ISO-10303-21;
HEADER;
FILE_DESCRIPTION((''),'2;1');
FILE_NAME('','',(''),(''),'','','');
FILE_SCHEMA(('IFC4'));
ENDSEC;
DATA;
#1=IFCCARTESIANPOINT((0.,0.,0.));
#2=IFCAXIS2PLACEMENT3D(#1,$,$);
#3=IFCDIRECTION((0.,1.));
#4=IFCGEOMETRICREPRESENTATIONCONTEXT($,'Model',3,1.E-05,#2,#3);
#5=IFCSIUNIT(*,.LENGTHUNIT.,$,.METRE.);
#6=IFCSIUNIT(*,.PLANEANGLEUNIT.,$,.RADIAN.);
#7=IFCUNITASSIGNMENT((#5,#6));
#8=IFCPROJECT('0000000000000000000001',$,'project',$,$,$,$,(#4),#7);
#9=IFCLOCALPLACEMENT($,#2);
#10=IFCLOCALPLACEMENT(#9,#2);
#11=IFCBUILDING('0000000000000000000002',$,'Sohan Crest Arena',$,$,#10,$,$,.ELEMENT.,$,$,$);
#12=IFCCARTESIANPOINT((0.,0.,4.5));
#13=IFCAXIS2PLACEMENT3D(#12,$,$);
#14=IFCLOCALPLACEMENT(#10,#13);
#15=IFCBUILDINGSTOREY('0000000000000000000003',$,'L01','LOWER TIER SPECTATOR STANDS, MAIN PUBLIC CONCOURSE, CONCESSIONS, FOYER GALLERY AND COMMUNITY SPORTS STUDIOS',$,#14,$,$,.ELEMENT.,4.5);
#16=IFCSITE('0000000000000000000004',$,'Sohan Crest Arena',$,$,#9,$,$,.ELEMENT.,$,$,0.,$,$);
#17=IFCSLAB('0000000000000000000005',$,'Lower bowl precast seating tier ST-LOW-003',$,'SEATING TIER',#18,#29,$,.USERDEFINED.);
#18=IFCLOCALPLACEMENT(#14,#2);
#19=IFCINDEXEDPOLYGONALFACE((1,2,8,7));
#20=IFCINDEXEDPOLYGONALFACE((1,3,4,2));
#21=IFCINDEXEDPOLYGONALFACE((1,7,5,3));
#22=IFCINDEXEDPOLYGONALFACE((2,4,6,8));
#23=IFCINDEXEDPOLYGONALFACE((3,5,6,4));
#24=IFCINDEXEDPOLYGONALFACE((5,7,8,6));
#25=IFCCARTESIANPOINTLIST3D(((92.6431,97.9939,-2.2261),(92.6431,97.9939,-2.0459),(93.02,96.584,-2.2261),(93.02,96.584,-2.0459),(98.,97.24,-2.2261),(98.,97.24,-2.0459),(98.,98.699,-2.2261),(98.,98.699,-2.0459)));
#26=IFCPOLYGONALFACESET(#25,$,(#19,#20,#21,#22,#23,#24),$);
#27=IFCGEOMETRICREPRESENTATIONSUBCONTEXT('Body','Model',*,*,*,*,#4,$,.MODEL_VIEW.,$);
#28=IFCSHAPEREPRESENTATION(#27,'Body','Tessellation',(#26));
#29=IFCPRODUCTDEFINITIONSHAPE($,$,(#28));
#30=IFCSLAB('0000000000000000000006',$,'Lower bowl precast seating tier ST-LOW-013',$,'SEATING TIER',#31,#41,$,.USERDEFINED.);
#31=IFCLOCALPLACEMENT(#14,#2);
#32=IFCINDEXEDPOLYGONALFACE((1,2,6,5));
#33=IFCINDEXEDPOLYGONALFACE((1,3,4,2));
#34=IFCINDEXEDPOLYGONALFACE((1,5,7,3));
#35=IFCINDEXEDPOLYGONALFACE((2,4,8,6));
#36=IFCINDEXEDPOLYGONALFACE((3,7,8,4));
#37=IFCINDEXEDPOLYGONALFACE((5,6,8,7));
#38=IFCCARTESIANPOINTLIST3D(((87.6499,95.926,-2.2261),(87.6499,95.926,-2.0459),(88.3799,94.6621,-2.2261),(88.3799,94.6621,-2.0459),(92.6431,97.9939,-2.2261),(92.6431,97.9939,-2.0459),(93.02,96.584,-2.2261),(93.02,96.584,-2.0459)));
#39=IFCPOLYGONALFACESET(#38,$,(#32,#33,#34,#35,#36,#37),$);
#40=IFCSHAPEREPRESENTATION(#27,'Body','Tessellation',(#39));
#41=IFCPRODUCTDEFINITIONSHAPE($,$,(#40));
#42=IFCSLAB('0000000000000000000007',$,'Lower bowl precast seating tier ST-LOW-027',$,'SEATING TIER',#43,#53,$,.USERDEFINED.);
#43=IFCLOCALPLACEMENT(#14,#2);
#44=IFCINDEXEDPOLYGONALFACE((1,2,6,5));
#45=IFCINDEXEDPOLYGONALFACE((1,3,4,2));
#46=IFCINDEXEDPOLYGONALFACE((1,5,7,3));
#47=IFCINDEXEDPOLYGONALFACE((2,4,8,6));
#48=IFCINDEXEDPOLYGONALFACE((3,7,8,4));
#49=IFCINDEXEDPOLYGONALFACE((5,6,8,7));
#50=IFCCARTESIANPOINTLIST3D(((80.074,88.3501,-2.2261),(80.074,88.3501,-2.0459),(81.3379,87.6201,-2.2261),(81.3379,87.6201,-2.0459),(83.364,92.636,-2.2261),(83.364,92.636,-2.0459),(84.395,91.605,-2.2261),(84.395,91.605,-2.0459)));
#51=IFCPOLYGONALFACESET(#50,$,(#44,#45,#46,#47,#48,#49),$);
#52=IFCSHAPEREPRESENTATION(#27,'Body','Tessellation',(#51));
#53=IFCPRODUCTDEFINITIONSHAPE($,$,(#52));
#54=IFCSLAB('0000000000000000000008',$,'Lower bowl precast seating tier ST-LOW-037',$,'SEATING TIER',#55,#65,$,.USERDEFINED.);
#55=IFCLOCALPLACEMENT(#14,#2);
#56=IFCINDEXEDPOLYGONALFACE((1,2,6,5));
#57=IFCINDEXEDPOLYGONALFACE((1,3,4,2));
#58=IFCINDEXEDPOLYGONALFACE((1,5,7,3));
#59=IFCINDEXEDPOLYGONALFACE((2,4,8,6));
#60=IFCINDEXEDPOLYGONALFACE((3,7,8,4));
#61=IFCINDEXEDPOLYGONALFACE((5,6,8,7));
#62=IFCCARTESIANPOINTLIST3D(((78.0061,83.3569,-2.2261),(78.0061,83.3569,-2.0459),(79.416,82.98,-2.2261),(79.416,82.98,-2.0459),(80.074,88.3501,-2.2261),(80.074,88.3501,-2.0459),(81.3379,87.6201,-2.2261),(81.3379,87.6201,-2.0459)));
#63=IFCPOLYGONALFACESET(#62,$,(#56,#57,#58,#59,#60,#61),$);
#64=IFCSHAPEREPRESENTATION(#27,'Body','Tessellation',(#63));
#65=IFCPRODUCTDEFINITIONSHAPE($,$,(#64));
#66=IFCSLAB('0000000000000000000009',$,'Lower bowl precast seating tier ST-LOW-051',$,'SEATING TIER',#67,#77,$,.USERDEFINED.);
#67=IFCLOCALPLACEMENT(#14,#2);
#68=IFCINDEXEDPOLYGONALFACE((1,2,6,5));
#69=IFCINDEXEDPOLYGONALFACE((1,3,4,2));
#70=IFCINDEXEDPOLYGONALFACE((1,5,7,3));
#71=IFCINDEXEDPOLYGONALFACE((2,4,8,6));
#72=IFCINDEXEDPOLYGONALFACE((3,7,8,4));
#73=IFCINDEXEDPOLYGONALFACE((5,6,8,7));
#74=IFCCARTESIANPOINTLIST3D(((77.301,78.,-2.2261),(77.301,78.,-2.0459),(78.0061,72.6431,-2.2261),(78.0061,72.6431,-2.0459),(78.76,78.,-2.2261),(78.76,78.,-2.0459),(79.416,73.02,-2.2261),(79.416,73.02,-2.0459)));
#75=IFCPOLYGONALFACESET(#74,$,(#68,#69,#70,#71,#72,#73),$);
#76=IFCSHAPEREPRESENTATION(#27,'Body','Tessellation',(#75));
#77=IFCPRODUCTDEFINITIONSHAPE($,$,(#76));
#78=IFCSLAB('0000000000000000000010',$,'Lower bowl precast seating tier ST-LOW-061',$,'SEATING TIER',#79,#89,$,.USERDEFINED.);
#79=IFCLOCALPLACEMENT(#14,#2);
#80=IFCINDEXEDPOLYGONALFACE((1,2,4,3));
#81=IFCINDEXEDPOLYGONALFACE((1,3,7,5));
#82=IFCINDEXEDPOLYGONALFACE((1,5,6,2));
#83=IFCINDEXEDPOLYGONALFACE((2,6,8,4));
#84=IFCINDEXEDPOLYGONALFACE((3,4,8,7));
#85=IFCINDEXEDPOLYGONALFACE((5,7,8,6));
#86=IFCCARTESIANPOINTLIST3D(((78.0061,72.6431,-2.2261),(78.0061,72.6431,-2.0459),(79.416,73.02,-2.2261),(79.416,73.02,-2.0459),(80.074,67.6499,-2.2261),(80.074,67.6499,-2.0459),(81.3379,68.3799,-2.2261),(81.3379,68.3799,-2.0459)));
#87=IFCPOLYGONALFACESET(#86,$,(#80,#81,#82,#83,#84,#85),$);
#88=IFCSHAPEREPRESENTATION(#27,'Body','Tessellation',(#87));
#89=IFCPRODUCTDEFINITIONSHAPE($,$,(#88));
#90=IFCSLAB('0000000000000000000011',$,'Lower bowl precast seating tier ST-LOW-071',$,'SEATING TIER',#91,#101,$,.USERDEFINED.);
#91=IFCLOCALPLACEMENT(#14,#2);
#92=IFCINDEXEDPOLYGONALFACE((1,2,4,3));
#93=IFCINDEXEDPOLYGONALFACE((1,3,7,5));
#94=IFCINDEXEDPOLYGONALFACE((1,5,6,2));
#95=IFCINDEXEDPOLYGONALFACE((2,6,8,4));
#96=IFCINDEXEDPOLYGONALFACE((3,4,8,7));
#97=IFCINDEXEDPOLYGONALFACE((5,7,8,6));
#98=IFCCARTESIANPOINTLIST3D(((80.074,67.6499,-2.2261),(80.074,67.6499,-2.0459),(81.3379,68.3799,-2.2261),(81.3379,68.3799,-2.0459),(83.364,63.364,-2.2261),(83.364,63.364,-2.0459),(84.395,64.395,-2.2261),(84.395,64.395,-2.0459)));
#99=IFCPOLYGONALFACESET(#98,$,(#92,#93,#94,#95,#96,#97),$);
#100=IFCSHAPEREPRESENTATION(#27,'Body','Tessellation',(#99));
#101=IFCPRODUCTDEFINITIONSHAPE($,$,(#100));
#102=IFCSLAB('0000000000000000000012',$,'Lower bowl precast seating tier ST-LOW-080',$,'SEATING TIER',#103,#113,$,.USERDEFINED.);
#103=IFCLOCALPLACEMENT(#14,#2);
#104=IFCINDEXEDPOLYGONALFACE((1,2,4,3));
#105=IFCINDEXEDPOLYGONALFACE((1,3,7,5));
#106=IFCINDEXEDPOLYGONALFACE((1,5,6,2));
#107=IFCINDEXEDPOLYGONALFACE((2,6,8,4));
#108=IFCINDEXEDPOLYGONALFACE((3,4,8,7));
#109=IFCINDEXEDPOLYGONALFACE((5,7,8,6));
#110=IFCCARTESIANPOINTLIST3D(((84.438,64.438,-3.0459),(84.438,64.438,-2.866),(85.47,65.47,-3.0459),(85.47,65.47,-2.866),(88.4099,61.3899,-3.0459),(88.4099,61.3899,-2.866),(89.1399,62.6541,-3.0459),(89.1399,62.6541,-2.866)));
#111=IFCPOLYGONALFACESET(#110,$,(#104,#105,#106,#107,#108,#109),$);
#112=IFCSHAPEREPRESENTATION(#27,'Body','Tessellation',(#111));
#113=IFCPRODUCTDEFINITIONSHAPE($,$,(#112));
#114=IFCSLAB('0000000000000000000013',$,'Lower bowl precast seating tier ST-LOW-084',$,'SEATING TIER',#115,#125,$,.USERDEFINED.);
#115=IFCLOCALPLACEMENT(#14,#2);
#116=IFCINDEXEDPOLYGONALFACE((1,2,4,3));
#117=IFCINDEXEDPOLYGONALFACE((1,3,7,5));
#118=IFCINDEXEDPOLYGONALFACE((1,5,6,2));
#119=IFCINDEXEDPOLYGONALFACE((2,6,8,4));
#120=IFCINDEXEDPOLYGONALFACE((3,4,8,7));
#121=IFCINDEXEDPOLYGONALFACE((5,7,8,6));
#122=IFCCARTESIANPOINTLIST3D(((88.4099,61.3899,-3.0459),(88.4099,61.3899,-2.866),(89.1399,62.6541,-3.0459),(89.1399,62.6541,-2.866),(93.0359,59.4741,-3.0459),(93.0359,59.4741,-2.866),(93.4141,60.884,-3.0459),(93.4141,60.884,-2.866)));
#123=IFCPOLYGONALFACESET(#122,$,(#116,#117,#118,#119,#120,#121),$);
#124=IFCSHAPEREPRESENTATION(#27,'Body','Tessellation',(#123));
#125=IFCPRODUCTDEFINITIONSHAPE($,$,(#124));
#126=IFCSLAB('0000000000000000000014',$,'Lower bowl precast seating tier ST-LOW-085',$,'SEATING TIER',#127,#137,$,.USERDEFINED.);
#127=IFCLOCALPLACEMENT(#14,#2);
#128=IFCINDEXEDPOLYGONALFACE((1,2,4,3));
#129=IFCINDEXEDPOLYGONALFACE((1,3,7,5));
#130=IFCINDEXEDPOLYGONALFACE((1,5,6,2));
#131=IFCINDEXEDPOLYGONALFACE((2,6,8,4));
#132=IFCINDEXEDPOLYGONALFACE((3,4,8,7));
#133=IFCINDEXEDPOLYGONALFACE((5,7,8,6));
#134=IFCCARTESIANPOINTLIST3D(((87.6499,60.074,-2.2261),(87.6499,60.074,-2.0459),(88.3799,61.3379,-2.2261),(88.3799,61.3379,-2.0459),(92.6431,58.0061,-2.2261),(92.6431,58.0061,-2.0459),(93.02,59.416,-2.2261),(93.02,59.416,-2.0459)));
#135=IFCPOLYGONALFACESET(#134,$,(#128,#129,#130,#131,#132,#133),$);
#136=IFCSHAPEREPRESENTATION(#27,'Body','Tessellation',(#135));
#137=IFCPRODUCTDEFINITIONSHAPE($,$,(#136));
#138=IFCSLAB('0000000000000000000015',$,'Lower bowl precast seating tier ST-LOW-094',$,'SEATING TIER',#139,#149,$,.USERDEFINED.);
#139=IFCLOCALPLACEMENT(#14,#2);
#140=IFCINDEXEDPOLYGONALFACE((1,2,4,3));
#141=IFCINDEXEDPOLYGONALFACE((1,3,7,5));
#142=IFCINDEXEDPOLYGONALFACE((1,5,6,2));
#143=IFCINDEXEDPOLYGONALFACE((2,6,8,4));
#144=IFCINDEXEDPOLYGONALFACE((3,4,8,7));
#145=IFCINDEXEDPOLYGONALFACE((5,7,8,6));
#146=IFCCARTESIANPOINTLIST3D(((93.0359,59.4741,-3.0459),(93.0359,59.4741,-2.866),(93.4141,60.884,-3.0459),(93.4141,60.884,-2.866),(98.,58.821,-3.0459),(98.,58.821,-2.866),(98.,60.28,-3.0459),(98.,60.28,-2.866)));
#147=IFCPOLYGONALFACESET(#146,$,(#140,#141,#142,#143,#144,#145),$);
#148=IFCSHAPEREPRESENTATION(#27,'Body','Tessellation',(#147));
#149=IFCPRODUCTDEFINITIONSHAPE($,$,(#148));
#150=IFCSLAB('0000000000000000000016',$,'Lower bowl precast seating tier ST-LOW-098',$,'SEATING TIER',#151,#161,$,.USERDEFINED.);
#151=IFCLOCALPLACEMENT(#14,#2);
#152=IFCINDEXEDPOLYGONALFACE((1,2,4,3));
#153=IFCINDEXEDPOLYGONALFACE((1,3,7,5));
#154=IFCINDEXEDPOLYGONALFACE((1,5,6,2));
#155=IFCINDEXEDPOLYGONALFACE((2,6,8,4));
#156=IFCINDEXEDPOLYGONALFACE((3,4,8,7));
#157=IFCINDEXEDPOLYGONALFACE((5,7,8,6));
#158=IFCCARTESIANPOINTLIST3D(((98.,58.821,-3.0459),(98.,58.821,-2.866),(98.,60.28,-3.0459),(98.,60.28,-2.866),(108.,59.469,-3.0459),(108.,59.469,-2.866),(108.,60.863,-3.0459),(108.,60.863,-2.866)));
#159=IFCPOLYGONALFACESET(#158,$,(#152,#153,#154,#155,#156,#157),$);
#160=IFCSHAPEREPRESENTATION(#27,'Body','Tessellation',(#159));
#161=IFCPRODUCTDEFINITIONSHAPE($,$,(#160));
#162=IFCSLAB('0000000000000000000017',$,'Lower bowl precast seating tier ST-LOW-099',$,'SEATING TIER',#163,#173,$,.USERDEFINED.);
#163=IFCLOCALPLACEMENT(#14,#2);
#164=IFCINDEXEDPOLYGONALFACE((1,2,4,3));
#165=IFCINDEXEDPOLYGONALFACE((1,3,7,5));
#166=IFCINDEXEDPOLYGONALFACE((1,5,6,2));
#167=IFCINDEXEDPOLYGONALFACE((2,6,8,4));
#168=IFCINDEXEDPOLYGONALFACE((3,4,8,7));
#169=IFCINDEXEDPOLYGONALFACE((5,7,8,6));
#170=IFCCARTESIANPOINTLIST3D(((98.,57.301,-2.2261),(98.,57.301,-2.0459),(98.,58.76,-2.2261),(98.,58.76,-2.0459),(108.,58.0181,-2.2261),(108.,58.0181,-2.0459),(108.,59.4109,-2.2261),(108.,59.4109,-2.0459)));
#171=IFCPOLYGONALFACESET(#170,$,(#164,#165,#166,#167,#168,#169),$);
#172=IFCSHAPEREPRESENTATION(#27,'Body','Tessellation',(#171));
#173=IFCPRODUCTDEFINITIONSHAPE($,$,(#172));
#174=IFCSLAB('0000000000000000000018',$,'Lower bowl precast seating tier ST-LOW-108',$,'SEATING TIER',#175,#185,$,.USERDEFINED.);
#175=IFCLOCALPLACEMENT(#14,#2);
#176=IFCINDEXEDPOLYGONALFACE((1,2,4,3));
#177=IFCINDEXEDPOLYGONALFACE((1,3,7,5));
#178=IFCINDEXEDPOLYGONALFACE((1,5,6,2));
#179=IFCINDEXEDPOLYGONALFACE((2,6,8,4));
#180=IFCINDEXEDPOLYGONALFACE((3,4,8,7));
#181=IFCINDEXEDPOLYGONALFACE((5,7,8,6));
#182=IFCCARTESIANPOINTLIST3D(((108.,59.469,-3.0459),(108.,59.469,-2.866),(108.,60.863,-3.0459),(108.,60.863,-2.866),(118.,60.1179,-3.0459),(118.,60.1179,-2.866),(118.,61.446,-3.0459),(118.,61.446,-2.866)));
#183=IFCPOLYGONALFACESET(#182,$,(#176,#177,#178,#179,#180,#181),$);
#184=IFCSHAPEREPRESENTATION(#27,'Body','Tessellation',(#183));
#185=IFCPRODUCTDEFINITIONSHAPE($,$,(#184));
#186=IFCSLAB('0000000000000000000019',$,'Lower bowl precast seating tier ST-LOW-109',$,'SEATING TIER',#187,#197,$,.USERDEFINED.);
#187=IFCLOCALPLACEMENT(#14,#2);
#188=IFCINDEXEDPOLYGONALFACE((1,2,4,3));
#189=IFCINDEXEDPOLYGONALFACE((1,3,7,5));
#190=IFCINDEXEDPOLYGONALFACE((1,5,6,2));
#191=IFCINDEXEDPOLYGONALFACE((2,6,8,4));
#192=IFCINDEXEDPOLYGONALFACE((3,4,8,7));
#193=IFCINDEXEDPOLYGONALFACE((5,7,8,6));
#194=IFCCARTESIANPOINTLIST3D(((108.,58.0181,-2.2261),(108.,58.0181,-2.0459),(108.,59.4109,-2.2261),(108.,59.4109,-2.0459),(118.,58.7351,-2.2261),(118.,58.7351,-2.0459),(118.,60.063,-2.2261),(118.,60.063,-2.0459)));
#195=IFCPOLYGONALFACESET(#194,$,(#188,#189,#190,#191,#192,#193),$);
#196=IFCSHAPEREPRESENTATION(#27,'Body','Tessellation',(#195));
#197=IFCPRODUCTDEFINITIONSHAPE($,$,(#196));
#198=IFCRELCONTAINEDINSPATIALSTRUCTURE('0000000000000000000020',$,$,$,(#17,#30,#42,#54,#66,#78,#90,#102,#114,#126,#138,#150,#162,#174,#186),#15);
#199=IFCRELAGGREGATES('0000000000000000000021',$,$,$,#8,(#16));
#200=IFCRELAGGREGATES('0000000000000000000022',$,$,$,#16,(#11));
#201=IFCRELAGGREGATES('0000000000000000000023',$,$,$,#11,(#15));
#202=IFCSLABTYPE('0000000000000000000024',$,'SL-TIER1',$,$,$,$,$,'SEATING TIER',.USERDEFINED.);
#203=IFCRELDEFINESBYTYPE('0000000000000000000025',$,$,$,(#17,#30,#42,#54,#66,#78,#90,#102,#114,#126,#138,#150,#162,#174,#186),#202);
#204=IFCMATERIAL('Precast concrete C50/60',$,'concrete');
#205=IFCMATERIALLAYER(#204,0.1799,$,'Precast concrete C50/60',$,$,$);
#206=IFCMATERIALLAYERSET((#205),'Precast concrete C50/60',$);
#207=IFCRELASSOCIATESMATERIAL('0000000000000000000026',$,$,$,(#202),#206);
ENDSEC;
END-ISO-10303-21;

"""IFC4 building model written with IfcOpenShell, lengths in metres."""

from ifc_helpers import new_model, si_unit, direction, frame, origin, place, context, subcontext, project, spatial, polyline, outline, extrude, material, layer, layer_set, type_object, element, save


model = new_model("IFC4")

# Units and contexts
model_context = context("Model", 3, precision=1e-05, world=origin(), true_north=direction((0.0, 1.0)))
body_context = subcontext(model_context, "Body", "Model", "MODEL_VIEW")
ifc_project = project(units=[si_unit("LENGTHUNIT", "METRE"), si_unit("PLANEANGLEUNIT", "RADIAN")], contexts=[model_context])

# Site, building, storey
site_placement = place(None, origin())
site = spatial("IfcSite", under=ifc_project, at=site_placement, Name="Sohan Crest Arena", CompositionType="ELEMENT", RefElevation=0.0)
building_placement = place(site_placement, origin())
building = spatial("IfcBuilding", under=site, at=building_placement, Name="Sohan Crest Arena", CompositionType="ELEMENT")
storey_placement = place(building_placement, frame((0.0, 0.0, 4.5)))
storey = spatial("IfcBuildingStorey", under=building, at=storey_placement, Name="L01", Description="LOWER TIER SPECTATOR STANDS, MAIN PUBLIC CONCOURSE, CONCESSIONS, FOYER GALLERY AND COMMUNITY SPORTS STUDIOS", CompositionType="ELEMENT", Elevation=4.5)

# Slabs
ifc_material = material(Name="Precast concrete C50/60", Category="concrete")
ifc_layer = layer(ifc_material, 0.1799, Name="Precast concrete C50/60")
ifc_layer_set = layer_set([ifc_layer], Name="Precast concrete C50/60")
slab_type = type_object("IfcSlabType", Name="SL-TIER1", ElementType="SEATING TIER", PredefinedType="USERDEFINED", material=ifc_layer_set)
slab_1_placement = place(storey_placement, frame((0.0, 0.0, -2.2261)))
element("IfcSlab", 1, at=slab_1_placement, inside=storey, type_object=slab_type, Name="Lower bowl precast seating tier ST-LOW-003", ObjectType="SEATING TIER", PredefinedType="USERDEFINED", context=body_context, shape_type="SweptSolid", body=[
    extrude(outline(polyline([(98.0, 97.24), (93.02, 96.584), (92.6431, 97.9939), (98.0, 98.699), (98.0, 97.24)])), origin(), (0.0, 0.0, 1.0), 0.1802),
])
slab_2_placement = place(storey_placement, frame((0.0, 0.0, -2.2261)))
element("IfcSlab", 2, at=slab_2_placement, inside=storey, type_object=slab_type, Name="Lower bowl precast seating tier ST-LOW-013", ObjectType="SEATING TIER", PredefinedType="USERDEFINED", context=body_context, shape_type="SweptSolid", body=[
    extrude(outline(polyline([(93.02, 96.584), (88.3799, 94.6621), (87.6499, 95.926), (92.6431, 97.9939), (93.02, 96.584)])), origin(), (0.0, 0.0, 1.0), 0.1802),
])
slab_3_placement = place(storey_placement, frame((0.0, 0.0, -2.2261)))
element("IfcSlab", 3, at=slab_3_placement, inside=storey, type_object=slab_type, Name="Lower bowl precast seating tier ST-LOW-027", ObjectType="SEATING TIER", PredefinedType="USERDEFINED", context=body_context, shape_type="SweptSolid", body=[
    extrude(outline(polyline([(84.395, 91.605), (81.3379, 87.6201), (80.074, 88.3501), (83.364, 92.636), (84.395, 91.605)])), origin(), (0.0, 0.0, 1.0), 0.1802),
])
slab_4_placement = place(storey_placement, frame((0.0, 0.0, -2.2261)))
element("IfcSlab", 4, at=slab_4_placement, inside=storey, type_object=slab_type, Name="Lower bowl precast seating tier ST-LOW-037", ObjectType="SEATING TIER", PredefinedType="USERDEFINED", context=body_context, shape_type="SweptSolid", body=[
    extrude(outline(polyline([(81.3379, 87.6201), (79.416, 82.98), (78.0061, 83.3569), (80.074, 88.3501), (81.3379, 87.6201)])), origin(), (0.0, 0.0, 1.0), 0.1802),
])
slab_5_placement = place(storey_placement, frame((0.0, 0.0, -2.2261)))
element("IfcSlab", 5, at=slab_5_placement, inside=storey, type_object=slab_type, Name="Lower bowl precast seating tier ST-LOW-051", ObjectType="SEATING TIER", PredefinedType="USERDEFINED", context=body_context, shape_type="SweptSolid", body=[
    extrude(outline(polyline([(78.76, 78.0), (79.416, 73.02), (78.0061, 72.6431), (77.301, 78.0), (78.76, 78.0)])), origin(), (0.0, 0.0, 1.0), 0.1802),
])
slab_6_placement = place(storey_placement, frame((0.0, 0.0, -2.2261)))
element("IfcSlab", 6, at=slab_6_placement, inside=storey, type_object=slab_type, Name="Lower bowl precast seating tier ST-LOW-061", ObjectType="SEATING TIER", PredefinedType="USERDEFINED", context=body_context, shape_type="SweptSolid", body=[
    extrude(outline(polyline([(79.416, 73.02), (81.3379, 68.3799), (80.074, 67.6499), (78.0061, 72.6431), (79.416, 73.02)])), origin(), (0.0, 0.0, 1.0), 0.1802),
])
slab_7_placement = place(storey_placement, frame((0.0, 0.0, -2.2261)))
element("IfcSlab", 7, at=slab_7_placement, inside=storey, type_object=slab_type, Name="Lower bowl precast seating tier ST-LOW-071", ObjectType="SEATING TIER", PredefinedType="USERDEFINED", context=body_context, shape_type="SweptSolid", body=[
    extrude(outline(polyline([(81.3379, 68.3799), (84.395, 64.395), (83.364, 63.364), (80.074, 67.6499), (81.3379, 68.3799)])), origin(), (0.0, 0.0, 1.0), 0.1802),
])
slab_8_placement = place(storey_placement, frame((0.0, 0.0, -3.0459)))
element("IfcSlab", 8, at=slab_8_placement, inside=storey, type_object=slab_type, Name="Lower bowl precast seating tier ST-LOW-080", ObjectType="SEATING TIER", PredefinedType="USERDEFINED", context=body_context, shape_type="SweptSolid", body=[
    extrude(outline(polyline([(85.47, 65.47), (89.1399, 62.6541), (88.4099, 61.3899), (84.438, 64.438), (85.47, 65.47)])), origin(), (0.0, 0.0, 1.0), 0.1799),
])
slab_9_placement = place(storey_placement, frame((0.0, 0.0, -3.0459)))
element("IfcSlab", 9, at=slab_9_placement, inside=storey, type_object=slab_type, Name="Lower bowl precast seating tier ST-LOW-084", ObjectType="SEATING TIER", PredefinedType="USERDEFINED", context=body_context, shape_type="SweptSolid", body=[
    extrude(outline(polyline([(89.1399, 62.6541), (93.4141, 60.884), (93.0359, 59.4741), (88.4099, 61.3899), (89.1399, 62.6541)])), origin(), (0.0, 0.0, 1.0), 0.1799),
])
slab_10_placement = place(storey_placement, frame((0.0, 0.0, -2.2261)))
element("IfcSlab", 10, at=slab_10_placement, inside=storey, type_object=slab_type, Name="Lower bowl precast seating tier ST-LOW-085", ObjectType="SEATING TIER", PredefinedType="USERDEFINED", context=body_context, shape_type="SweptSolid", body=[
    extrude(outline(polyline([(88.3799, 61.3379), (93.02, 59.416), (92.6431, 58.0061), (87.6499, 60.074), (88.3799, 61.3379)])), origin(), (0.0, 0.0, 1.0), 0.1802),
])
slab_11_placement = place(storey_placement, frame((0.0, 0.0, -3.0459)))
element("IfcSlab", 11, at=slab_11_placement, inside=storey, type_object=slab_type, Name="Lower bowl precast seating tier ST-LOW-094", ObjectType="SEATING TIER", PredefinedType="USERDEFINED", context=body_context, shape_type="SweptSolid", body=[
    extrude(outline(polyline([(93.4141, 60.884), (98.0, 60.28), (98.0, 58.821), (93.0359, 59.4741), (93.4141, 60.884)])), origin(), (0.0, 0.0, 1.0), 0.1799),
])
slab_12_placement = place(storey_placement, frame((0.0, 0.0, -3.0459)))
element("IfcSlab", 12, at=slab_12_placement, inside=storey, type_object=slab_type, Name="Lower bowl precast seating tier ST-LOW-098", ObjectType="SEATING TIER", PredefinedType="USERDEFINED", context=body_context, shape_type="SweptSolid", body=[
    extrude(outline(polyline([(98.0, 60.28), (108.0, 60.863), (108.0, 59.469), (98.0, 58.821), (98.0, 60.28)])), origin(), (0.0, 0.0, 1.0), 0.1799),
])
slab_13_placement = place(storey_placement, frame((0.0, 0.0, -2.2261)))
element("IfcSlab", 13, at=slab_13_placement, inside=storey, type_object=slab_type, Name="Lower bowl precast seating tier ST-LOW-099", ObjectType="SEATING TIER", PredefinedType="USERDEFINED", context=body_context, shape_type="SweptSolid", body=[
    extrude(outline(polyline([(98.0, 58.76), (108.0, 59.4109), (108.0, 58.0181), (98.0, 57.301), (98.0, 58.76)])), origin(), (0.0, 0.0, 1.0), 0.1802),
])
slab_14_placement = place(storey_placement, frame((0.0, 0.0, -3.0459)))
element("IfcSlab", 14, at=slab_14_placement, inside=storey, type_object=slab_type, Name="Lower bowl precast seating tier ST-LOW-108", ObjectType="SEATING TIER", PredefinedType="USERDEFINED", context=body_context, shape_type="SweptSolid", body=[
    extrude(outline(polyline([(108.0, 60.863), (118.0, 61.446), (118.0, 60.1179), (108.0, 59.469), (108.0, 60.863)])), origin(), (0.0, 0.0, 1.0), 0.1799),
])
slab_15_placement = place(storey_placement, frame((0.0, 0.0, -2.2261)))
element("IfcSlab", 15, at=slab_15_placement, inside=storey, type_object=slab_type, Name="Lower bowl precast seating tier ST-LOW-109", ObjectType="SEATING TIER", PredefinedType="USERDEFINED", context=body_context, shape_type="SweptSolid", body=[
    extrude(outline(polyline([(108.0, 59.4109), (118.0, 60.063), (118.0, 58.7351), (108.0, 58.0181), (108.0, 59.4109)])), origin(), (0.0, 0.0, 1.0), 0.1802),
])

save(model, "model.ifc")
